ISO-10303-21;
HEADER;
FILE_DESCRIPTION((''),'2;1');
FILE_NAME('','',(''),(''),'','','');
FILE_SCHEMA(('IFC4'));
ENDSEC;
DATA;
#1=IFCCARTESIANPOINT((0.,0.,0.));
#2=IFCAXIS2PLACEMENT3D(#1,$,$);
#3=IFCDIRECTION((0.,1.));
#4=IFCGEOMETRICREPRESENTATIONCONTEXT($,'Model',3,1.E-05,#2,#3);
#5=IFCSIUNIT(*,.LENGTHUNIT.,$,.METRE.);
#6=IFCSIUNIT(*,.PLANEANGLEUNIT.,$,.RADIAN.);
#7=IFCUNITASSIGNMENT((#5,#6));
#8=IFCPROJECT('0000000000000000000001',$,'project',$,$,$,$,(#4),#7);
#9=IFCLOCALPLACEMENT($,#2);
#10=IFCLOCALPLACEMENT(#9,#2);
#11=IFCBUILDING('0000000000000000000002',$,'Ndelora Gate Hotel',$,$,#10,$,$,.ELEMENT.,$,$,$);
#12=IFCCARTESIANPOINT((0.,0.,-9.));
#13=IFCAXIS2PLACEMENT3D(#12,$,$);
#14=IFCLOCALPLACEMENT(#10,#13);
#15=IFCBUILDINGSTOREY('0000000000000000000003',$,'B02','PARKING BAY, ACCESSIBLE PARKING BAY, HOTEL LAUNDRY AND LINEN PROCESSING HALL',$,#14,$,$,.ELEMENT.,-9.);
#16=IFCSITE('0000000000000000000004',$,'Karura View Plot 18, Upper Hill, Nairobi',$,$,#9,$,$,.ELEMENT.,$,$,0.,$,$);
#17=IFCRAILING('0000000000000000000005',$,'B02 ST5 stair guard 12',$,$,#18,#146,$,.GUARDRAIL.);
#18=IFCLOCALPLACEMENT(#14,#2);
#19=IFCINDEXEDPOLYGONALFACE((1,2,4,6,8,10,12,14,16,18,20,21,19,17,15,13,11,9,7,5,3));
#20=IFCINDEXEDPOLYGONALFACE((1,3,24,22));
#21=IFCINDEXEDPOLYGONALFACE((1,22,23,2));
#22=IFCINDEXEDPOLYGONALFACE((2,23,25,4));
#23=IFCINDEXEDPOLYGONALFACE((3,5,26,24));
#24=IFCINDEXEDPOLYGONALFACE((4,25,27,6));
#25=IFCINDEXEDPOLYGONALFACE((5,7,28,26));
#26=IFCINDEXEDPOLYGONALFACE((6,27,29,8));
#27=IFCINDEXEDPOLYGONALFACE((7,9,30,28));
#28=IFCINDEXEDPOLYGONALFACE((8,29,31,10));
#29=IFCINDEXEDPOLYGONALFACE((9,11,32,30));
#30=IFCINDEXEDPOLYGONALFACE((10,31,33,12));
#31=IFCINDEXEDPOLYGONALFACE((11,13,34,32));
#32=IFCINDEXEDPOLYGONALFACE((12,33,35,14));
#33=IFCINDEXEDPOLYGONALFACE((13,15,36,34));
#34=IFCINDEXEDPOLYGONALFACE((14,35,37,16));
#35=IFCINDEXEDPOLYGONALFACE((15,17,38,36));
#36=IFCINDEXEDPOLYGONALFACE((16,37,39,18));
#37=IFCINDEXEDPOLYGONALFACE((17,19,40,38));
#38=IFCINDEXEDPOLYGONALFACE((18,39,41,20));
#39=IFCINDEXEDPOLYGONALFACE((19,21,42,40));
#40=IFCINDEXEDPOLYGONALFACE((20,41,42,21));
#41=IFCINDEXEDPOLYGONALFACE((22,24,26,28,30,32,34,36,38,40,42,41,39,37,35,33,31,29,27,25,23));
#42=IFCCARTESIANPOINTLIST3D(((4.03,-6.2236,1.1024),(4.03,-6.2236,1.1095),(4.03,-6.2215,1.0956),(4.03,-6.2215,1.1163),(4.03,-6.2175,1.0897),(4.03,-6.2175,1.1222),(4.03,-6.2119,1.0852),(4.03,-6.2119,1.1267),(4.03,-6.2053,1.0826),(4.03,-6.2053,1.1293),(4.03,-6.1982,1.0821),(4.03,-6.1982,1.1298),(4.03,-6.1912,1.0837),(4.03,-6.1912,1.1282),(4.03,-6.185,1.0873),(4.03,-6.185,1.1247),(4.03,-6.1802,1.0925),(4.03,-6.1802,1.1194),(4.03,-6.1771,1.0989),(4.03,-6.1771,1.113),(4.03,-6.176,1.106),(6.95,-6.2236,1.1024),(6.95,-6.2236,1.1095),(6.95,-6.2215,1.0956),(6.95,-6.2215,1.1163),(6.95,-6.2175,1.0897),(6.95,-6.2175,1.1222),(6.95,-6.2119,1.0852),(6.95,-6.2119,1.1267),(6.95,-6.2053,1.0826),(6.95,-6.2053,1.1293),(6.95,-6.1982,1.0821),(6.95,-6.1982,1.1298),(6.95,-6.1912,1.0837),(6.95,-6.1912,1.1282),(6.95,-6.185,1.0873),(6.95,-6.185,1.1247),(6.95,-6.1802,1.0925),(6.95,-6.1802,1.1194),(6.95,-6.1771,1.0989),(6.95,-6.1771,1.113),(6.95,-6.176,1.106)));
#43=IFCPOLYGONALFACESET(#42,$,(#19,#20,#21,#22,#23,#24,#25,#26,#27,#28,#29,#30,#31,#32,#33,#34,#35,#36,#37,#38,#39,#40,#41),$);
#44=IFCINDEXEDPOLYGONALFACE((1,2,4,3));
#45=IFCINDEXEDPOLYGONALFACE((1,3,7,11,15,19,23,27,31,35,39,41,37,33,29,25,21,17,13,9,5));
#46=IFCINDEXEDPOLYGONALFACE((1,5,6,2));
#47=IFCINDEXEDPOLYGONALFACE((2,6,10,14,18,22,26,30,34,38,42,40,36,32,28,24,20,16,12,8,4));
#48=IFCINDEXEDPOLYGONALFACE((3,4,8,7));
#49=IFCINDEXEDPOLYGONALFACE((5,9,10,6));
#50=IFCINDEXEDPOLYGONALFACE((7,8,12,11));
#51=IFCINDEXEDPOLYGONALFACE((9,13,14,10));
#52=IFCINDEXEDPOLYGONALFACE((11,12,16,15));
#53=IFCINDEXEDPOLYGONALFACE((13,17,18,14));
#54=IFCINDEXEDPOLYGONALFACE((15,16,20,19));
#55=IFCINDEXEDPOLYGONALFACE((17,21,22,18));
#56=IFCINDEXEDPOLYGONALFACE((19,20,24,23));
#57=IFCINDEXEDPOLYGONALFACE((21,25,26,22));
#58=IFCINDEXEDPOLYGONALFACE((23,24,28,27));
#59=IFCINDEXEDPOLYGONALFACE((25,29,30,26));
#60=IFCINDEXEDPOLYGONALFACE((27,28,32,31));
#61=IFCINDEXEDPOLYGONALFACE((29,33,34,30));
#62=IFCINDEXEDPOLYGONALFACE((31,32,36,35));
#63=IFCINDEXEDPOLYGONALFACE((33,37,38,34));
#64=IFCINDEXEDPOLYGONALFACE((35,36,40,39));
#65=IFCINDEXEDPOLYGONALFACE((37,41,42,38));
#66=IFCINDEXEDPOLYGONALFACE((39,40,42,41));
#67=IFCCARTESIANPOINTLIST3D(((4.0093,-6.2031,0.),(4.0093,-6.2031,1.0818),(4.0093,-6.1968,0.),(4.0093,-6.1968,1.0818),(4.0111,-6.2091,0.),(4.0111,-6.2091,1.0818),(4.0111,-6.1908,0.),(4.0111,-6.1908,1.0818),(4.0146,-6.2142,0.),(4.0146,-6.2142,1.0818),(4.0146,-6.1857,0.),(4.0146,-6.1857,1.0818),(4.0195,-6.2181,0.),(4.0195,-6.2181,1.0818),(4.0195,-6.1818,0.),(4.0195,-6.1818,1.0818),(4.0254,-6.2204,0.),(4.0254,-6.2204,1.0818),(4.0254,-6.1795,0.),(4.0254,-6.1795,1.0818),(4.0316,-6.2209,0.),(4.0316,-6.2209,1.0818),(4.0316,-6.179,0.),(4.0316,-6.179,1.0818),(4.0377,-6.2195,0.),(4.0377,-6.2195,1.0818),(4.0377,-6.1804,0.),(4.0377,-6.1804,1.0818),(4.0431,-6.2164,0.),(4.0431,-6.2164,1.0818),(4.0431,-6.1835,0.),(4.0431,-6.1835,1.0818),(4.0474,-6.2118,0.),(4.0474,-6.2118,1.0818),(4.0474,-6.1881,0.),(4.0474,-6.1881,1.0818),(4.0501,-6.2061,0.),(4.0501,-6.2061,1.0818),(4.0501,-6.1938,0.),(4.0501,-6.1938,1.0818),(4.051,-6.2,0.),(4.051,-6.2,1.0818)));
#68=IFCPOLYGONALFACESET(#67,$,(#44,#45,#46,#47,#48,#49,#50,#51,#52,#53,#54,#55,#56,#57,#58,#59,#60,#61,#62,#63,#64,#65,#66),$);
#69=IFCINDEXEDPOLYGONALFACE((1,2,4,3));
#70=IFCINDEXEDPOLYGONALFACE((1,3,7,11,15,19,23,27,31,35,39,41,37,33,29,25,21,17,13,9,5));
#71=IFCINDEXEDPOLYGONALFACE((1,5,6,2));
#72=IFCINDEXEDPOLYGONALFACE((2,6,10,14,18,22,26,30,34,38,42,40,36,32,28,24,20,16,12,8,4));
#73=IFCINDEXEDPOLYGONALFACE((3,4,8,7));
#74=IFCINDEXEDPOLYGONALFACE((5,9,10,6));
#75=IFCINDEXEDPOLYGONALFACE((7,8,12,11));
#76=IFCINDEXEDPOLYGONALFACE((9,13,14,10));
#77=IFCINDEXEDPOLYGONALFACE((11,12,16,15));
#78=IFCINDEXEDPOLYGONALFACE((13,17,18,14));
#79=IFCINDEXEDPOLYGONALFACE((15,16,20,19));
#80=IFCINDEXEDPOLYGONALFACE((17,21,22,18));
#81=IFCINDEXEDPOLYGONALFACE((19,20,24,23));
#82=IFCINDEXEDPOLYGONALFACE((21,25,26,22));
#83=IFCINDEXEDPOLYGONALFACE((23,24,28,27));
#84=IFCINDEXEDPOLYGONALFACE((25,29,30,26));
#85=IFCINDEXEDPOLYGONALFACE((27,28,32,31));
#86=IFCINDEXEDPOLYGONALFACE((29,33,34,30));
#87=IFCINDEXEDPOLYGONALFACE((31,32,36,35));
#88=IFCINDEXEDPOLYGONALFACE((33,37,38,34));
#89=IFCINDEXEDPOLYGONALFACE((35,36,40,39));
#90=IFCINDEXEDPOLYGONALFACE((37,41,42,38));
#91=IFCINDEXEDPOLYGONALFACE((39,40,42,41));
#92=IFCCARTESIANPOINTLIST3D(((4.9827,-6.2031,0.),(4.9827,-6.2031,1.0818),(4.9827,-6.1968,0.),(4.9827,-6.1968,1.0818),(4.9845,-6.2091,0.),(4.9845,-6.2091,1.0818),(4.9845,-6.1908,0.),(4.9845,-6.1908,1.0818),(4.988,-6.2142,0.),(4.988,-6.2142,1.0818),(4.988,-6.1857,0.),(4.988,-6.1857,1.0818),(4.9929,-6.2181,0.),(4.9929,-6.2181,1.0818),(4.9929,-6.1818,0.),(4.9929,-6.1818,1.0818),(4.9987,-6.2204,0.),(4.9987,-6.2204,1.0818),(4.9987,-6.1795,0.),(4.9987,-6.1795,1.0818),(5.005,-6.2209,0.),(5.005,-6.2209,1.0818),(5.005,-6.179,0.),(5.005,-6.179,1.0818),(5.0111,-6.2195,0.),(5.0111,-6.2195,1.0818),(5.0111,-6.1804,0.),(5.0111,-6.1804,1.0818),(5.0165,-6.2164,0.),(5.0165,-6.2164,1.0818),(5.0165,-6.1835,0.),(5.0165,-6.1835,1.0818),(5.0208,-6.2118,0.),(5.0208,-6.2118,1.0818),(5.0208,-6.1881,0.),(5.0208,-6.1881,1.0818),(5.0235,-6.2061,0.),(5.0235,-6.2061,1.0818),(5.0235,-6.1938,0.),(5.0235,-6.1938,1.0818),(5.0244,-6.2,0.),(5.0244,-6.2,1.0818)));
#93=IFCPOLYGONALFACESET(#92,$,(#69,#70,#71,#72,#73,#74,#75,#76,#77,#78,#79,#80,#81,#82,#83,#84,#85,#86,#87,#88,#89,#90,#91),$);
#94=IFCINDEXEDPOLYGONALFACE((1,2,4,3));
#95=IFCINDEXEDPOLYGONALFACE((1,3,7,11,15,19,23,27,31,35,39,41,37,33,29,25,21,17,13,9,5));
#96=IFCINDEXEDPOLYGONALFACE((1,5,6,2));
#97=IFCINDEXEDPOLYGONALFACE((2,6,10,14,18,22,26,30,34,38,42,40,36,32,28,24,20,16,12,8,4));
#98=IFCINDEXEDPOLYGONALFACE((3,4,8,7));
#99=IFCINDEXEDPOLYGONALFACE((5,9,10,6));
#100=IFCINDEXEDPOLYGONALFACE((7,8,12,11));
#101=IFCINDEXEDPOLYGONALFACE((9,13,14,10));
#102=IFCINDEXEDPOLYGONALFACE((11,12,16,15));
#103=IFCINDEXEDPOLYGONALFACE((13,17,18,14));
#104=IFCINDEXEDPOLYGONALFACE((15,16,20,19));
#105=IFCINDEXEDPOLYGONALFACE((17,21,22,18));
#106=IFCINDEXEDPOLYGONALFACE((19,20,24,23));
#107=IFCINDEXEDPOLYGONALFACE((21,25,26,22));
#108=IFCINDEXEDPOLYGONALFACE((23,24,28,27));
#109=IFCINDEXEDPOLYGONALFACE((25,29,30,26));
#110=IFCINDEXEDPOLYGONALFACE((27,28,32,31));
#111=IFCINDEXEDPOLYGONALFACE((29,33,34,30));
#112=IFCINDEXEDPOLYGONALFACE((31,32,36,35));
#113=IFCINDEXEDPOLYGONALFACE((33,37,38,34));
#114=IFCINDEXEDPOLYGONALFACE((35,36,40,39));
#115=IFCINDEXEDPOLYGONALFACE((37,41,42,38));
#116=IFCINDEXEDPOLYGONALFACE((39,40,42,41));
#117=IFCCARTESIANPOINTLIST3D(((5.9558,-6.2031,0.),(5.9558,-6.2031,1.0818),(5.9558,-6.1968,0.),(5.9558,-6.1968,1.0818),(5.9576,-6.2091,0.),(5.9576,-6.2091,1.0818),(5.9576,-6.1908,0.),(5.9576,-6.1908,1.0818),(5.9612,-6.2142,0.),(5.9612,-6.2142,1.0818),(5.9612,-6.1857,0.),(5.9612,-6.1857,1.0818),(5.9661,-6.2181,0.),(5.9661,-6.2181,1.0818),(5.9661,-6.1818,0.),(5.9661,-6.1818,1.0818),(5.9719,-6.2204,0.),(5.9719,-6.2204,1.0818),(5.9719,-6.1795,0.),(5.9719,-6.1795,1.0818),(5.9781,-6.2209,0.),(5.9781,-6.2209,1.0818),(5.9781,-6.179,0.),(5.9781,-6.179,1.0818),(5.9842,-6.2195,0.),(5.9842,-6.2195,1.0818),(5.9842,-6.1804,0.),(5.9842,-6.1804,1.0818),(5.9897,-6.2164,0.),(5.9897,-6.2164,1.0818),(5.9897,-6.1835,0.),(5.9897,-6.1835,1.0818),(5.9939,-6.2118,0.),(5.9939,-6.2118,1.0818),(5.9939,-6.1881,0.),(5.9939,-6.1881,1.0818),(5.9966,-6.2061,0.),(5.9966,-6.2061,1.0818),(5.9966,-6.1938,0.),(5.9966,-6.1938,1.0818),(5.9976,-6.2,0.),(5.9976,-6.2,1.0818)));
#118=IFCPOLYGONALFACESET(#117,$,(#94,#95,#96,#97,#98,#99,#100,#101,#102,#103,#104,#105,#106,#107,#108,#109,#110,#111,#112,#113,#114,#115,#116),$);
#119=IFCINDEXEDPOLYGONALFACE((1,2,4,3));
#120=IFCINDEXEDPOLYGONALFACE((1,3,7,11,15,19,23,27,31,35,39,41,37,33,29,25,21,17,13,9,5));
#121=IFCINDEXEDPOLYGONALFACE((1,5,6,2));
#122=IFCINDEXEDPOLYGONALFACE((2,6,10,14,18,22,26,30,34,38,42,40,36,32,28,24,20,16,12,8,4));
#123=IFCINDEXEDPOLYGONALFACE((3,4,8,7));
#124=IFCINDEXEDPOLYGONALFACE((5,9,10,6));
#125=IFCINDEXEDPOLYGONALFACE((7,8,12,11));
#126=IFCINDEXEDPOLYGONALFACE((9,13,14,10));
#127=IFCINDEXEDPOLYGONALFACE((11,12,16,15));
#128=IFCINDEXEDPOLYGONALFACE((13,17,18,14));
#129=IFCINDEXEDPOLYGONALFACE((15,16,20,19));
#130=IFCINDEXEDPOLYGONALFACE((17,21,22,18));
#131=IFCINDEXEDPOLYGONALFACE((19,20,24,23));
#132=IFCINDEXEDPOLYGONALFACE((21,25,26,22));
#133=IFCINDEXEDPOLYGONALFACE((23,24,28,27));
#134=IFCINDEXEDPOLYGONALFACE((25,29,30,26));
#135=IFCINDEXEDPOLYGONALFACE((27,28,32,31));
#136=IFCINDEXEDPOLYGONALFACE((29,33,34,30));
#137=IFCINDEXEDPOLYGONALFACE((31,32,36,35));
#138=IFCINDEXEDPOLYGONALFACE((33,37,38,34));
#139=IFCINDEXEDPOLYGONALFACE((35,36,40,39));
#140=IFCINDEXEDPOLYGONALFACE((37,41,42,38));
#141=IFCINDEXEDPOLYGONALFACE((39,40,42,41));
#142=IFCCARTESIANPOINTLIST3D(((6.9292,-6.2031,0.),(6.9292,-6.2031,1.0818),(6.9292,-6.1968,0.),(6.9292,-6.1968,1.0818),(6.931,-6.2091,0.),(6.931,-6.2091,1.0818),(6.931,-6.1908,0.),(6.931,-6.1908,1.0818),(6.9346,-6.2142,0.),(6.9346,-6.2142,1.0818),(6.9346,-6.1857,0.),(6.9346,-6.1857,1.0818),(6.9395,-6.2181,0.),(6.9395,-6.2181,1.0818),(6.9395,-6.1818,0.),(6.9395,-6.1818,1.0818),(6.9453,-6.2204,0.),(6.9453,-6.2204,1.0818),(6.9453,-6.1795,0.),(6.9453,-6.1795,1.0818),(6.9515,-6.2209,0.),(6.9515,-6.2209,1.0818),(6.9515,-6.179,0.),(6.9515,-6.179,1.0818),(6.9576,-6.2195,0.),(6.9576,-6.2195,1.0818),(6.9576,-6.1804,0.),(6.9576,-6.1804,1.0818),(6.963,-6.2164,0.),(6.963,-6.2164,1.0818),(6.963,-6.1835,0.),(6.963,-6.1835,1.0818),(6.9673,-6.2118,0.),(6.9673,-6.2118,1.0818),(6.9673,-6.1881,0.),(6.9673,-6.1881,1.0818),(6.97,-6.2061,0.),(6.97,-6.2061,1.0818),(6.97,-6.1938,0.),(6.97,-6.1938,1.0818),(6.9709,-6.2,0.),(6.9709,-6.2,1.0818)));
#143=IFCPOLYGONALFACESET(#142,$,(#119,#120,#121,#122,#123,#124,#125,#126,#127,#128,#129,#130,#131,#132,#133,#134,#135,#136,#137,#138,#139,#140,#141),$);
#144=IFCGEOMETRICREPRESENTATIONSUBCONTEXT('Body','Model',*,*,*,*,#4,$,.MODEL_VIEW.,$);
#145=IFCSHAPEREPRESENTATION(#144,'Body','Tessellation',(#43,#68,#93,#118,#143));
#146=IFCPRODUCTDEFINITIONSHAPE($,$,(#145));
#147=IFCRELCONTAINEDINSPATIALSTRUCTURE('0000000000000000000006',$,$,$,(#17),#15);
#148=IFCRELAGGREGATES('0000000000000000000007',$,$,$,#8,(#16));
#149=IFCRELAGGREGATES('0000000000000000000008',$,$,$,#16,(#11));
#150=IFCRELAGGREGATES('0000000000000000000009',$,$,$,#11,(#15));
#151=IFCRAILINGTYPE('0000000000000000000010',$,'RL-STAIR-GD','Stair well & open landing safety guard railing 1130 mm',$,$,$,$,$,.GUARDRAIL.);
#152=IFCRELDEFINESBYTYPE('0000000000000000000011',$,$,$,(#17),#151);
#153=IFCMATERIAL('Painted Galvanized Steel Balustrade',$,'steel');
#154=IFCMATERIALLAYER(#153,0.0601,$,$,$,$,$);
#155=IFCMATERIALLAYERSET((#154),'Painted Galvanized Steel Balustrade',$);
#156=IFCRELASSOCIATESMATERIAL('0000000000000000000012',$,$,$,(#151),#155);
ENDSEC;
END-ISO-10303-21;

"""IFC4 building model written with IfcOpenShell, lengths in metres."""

from ifc_helpers import new_model, si_unit, direction, frame, origin, origin_2d, place, context, subcontext, project, spatial, circle, extrude, material, layer, layer_set, type_object, element, save


model = new_model("IFC4")

# Units and contexts
model_context = context("Model", 3, precision=1e-05, world=origin(), true_north=direction((0.0, 1.0)))
body_context = subcontext(model_context, "Body", "Model", "MODEL_VIEW")
ifc_project = project(units=[si_unit("LENGTHUNIT", "METRE"), si_unit("PLANEANGLEUNIT", "RADIAN")], contexts=[model_context])

# Site, building, storey
site_placement = place(None, origin())
site = spatial("IfcSite", under=ifc_project, at=site_placement, Name="Karura View Plot 18, Upper Hill, Nairobi", CompositionType="ELEMENT", RefElevation=0.0)
building_placement = place(site_placement, origin())
building = spatial("IfcBuilding", under=site, at=building_placement, Name="Ndelora Gate Hotel", CompositionType="ELEMENT")
storey_placement = place(building_placement, frame((0.0, 0.0, -9.0)))
storey = spatial("IfcBuildingStorey", under=building, at=storey_placement, Name="B02", Description="PARKING BAY, ACCESSIBLE PARKING BAY, HOTEL LAUNDRY AND LINEN PROCESSING HALL", CompositionType="ELEMENT", Elevation=-9.0)

# Railing
ifc_material_1 = material(Name="Painted Galvanized Steel Balustrade", Category="steel")
ifc_layer_1 = layer(ifc_material_1, 0.0601)
ifc_layer_set_1 = layer_set([ifc_layer_1], Name="Painted Galvanized Steel Balustrade")
railing_type_1 = type_object("IfcRailingType", Name="RL-STAIR-GD", Description="Stair well & open landing safety guard railing 1130 mm", PredefinedType="GUARDRAIL", material=ifc_layer_set_1)
railing_1_placement = place(storey_placement, frame((4.03, -6.2, 0.0)))
element("IfcRailing", 1, at=railing_1_placement, inside=storey, type_object=railing_type_1, Name="B02 ST5 stair guard 12", PredefinedType="GUARDRAIL", context=body_context, shape_type="SweptSolid", body=[
    extrude(circle(Radius=0.0239, at=origin_2d()), frame((0.0, 0.0, 1.106), z_axis=(1.0, 0.0, 0.0), x_axis=(0.0, 1.0, 0.0)), (0.0, 0.0, 1.0), 2.9199),
    extrude(circle(Radius=0.021, at=origin_2d()), origin(), (0.0, 0.0, 1.0), 1.0818),
    extrude(circle(Radius=0.021, at=origin_2d()), frame((0.9734, 0.0, 0.0)), (0.0, 0.0, 1.0), 1.0818),
    extrude(circle(Radius=0.021, at=origin_2d()), frame((1.9465, 0.0, 0.0)), (0.0, 0.0, 1.0), 1.0818),
    extrude(circle(Radius=0.021, at=origin_2d()), frame((2.9199, 0.0, 0.0)), (0.0, 0.0, 1.0), 1.0818),
])

save(model, "model.ifc")
